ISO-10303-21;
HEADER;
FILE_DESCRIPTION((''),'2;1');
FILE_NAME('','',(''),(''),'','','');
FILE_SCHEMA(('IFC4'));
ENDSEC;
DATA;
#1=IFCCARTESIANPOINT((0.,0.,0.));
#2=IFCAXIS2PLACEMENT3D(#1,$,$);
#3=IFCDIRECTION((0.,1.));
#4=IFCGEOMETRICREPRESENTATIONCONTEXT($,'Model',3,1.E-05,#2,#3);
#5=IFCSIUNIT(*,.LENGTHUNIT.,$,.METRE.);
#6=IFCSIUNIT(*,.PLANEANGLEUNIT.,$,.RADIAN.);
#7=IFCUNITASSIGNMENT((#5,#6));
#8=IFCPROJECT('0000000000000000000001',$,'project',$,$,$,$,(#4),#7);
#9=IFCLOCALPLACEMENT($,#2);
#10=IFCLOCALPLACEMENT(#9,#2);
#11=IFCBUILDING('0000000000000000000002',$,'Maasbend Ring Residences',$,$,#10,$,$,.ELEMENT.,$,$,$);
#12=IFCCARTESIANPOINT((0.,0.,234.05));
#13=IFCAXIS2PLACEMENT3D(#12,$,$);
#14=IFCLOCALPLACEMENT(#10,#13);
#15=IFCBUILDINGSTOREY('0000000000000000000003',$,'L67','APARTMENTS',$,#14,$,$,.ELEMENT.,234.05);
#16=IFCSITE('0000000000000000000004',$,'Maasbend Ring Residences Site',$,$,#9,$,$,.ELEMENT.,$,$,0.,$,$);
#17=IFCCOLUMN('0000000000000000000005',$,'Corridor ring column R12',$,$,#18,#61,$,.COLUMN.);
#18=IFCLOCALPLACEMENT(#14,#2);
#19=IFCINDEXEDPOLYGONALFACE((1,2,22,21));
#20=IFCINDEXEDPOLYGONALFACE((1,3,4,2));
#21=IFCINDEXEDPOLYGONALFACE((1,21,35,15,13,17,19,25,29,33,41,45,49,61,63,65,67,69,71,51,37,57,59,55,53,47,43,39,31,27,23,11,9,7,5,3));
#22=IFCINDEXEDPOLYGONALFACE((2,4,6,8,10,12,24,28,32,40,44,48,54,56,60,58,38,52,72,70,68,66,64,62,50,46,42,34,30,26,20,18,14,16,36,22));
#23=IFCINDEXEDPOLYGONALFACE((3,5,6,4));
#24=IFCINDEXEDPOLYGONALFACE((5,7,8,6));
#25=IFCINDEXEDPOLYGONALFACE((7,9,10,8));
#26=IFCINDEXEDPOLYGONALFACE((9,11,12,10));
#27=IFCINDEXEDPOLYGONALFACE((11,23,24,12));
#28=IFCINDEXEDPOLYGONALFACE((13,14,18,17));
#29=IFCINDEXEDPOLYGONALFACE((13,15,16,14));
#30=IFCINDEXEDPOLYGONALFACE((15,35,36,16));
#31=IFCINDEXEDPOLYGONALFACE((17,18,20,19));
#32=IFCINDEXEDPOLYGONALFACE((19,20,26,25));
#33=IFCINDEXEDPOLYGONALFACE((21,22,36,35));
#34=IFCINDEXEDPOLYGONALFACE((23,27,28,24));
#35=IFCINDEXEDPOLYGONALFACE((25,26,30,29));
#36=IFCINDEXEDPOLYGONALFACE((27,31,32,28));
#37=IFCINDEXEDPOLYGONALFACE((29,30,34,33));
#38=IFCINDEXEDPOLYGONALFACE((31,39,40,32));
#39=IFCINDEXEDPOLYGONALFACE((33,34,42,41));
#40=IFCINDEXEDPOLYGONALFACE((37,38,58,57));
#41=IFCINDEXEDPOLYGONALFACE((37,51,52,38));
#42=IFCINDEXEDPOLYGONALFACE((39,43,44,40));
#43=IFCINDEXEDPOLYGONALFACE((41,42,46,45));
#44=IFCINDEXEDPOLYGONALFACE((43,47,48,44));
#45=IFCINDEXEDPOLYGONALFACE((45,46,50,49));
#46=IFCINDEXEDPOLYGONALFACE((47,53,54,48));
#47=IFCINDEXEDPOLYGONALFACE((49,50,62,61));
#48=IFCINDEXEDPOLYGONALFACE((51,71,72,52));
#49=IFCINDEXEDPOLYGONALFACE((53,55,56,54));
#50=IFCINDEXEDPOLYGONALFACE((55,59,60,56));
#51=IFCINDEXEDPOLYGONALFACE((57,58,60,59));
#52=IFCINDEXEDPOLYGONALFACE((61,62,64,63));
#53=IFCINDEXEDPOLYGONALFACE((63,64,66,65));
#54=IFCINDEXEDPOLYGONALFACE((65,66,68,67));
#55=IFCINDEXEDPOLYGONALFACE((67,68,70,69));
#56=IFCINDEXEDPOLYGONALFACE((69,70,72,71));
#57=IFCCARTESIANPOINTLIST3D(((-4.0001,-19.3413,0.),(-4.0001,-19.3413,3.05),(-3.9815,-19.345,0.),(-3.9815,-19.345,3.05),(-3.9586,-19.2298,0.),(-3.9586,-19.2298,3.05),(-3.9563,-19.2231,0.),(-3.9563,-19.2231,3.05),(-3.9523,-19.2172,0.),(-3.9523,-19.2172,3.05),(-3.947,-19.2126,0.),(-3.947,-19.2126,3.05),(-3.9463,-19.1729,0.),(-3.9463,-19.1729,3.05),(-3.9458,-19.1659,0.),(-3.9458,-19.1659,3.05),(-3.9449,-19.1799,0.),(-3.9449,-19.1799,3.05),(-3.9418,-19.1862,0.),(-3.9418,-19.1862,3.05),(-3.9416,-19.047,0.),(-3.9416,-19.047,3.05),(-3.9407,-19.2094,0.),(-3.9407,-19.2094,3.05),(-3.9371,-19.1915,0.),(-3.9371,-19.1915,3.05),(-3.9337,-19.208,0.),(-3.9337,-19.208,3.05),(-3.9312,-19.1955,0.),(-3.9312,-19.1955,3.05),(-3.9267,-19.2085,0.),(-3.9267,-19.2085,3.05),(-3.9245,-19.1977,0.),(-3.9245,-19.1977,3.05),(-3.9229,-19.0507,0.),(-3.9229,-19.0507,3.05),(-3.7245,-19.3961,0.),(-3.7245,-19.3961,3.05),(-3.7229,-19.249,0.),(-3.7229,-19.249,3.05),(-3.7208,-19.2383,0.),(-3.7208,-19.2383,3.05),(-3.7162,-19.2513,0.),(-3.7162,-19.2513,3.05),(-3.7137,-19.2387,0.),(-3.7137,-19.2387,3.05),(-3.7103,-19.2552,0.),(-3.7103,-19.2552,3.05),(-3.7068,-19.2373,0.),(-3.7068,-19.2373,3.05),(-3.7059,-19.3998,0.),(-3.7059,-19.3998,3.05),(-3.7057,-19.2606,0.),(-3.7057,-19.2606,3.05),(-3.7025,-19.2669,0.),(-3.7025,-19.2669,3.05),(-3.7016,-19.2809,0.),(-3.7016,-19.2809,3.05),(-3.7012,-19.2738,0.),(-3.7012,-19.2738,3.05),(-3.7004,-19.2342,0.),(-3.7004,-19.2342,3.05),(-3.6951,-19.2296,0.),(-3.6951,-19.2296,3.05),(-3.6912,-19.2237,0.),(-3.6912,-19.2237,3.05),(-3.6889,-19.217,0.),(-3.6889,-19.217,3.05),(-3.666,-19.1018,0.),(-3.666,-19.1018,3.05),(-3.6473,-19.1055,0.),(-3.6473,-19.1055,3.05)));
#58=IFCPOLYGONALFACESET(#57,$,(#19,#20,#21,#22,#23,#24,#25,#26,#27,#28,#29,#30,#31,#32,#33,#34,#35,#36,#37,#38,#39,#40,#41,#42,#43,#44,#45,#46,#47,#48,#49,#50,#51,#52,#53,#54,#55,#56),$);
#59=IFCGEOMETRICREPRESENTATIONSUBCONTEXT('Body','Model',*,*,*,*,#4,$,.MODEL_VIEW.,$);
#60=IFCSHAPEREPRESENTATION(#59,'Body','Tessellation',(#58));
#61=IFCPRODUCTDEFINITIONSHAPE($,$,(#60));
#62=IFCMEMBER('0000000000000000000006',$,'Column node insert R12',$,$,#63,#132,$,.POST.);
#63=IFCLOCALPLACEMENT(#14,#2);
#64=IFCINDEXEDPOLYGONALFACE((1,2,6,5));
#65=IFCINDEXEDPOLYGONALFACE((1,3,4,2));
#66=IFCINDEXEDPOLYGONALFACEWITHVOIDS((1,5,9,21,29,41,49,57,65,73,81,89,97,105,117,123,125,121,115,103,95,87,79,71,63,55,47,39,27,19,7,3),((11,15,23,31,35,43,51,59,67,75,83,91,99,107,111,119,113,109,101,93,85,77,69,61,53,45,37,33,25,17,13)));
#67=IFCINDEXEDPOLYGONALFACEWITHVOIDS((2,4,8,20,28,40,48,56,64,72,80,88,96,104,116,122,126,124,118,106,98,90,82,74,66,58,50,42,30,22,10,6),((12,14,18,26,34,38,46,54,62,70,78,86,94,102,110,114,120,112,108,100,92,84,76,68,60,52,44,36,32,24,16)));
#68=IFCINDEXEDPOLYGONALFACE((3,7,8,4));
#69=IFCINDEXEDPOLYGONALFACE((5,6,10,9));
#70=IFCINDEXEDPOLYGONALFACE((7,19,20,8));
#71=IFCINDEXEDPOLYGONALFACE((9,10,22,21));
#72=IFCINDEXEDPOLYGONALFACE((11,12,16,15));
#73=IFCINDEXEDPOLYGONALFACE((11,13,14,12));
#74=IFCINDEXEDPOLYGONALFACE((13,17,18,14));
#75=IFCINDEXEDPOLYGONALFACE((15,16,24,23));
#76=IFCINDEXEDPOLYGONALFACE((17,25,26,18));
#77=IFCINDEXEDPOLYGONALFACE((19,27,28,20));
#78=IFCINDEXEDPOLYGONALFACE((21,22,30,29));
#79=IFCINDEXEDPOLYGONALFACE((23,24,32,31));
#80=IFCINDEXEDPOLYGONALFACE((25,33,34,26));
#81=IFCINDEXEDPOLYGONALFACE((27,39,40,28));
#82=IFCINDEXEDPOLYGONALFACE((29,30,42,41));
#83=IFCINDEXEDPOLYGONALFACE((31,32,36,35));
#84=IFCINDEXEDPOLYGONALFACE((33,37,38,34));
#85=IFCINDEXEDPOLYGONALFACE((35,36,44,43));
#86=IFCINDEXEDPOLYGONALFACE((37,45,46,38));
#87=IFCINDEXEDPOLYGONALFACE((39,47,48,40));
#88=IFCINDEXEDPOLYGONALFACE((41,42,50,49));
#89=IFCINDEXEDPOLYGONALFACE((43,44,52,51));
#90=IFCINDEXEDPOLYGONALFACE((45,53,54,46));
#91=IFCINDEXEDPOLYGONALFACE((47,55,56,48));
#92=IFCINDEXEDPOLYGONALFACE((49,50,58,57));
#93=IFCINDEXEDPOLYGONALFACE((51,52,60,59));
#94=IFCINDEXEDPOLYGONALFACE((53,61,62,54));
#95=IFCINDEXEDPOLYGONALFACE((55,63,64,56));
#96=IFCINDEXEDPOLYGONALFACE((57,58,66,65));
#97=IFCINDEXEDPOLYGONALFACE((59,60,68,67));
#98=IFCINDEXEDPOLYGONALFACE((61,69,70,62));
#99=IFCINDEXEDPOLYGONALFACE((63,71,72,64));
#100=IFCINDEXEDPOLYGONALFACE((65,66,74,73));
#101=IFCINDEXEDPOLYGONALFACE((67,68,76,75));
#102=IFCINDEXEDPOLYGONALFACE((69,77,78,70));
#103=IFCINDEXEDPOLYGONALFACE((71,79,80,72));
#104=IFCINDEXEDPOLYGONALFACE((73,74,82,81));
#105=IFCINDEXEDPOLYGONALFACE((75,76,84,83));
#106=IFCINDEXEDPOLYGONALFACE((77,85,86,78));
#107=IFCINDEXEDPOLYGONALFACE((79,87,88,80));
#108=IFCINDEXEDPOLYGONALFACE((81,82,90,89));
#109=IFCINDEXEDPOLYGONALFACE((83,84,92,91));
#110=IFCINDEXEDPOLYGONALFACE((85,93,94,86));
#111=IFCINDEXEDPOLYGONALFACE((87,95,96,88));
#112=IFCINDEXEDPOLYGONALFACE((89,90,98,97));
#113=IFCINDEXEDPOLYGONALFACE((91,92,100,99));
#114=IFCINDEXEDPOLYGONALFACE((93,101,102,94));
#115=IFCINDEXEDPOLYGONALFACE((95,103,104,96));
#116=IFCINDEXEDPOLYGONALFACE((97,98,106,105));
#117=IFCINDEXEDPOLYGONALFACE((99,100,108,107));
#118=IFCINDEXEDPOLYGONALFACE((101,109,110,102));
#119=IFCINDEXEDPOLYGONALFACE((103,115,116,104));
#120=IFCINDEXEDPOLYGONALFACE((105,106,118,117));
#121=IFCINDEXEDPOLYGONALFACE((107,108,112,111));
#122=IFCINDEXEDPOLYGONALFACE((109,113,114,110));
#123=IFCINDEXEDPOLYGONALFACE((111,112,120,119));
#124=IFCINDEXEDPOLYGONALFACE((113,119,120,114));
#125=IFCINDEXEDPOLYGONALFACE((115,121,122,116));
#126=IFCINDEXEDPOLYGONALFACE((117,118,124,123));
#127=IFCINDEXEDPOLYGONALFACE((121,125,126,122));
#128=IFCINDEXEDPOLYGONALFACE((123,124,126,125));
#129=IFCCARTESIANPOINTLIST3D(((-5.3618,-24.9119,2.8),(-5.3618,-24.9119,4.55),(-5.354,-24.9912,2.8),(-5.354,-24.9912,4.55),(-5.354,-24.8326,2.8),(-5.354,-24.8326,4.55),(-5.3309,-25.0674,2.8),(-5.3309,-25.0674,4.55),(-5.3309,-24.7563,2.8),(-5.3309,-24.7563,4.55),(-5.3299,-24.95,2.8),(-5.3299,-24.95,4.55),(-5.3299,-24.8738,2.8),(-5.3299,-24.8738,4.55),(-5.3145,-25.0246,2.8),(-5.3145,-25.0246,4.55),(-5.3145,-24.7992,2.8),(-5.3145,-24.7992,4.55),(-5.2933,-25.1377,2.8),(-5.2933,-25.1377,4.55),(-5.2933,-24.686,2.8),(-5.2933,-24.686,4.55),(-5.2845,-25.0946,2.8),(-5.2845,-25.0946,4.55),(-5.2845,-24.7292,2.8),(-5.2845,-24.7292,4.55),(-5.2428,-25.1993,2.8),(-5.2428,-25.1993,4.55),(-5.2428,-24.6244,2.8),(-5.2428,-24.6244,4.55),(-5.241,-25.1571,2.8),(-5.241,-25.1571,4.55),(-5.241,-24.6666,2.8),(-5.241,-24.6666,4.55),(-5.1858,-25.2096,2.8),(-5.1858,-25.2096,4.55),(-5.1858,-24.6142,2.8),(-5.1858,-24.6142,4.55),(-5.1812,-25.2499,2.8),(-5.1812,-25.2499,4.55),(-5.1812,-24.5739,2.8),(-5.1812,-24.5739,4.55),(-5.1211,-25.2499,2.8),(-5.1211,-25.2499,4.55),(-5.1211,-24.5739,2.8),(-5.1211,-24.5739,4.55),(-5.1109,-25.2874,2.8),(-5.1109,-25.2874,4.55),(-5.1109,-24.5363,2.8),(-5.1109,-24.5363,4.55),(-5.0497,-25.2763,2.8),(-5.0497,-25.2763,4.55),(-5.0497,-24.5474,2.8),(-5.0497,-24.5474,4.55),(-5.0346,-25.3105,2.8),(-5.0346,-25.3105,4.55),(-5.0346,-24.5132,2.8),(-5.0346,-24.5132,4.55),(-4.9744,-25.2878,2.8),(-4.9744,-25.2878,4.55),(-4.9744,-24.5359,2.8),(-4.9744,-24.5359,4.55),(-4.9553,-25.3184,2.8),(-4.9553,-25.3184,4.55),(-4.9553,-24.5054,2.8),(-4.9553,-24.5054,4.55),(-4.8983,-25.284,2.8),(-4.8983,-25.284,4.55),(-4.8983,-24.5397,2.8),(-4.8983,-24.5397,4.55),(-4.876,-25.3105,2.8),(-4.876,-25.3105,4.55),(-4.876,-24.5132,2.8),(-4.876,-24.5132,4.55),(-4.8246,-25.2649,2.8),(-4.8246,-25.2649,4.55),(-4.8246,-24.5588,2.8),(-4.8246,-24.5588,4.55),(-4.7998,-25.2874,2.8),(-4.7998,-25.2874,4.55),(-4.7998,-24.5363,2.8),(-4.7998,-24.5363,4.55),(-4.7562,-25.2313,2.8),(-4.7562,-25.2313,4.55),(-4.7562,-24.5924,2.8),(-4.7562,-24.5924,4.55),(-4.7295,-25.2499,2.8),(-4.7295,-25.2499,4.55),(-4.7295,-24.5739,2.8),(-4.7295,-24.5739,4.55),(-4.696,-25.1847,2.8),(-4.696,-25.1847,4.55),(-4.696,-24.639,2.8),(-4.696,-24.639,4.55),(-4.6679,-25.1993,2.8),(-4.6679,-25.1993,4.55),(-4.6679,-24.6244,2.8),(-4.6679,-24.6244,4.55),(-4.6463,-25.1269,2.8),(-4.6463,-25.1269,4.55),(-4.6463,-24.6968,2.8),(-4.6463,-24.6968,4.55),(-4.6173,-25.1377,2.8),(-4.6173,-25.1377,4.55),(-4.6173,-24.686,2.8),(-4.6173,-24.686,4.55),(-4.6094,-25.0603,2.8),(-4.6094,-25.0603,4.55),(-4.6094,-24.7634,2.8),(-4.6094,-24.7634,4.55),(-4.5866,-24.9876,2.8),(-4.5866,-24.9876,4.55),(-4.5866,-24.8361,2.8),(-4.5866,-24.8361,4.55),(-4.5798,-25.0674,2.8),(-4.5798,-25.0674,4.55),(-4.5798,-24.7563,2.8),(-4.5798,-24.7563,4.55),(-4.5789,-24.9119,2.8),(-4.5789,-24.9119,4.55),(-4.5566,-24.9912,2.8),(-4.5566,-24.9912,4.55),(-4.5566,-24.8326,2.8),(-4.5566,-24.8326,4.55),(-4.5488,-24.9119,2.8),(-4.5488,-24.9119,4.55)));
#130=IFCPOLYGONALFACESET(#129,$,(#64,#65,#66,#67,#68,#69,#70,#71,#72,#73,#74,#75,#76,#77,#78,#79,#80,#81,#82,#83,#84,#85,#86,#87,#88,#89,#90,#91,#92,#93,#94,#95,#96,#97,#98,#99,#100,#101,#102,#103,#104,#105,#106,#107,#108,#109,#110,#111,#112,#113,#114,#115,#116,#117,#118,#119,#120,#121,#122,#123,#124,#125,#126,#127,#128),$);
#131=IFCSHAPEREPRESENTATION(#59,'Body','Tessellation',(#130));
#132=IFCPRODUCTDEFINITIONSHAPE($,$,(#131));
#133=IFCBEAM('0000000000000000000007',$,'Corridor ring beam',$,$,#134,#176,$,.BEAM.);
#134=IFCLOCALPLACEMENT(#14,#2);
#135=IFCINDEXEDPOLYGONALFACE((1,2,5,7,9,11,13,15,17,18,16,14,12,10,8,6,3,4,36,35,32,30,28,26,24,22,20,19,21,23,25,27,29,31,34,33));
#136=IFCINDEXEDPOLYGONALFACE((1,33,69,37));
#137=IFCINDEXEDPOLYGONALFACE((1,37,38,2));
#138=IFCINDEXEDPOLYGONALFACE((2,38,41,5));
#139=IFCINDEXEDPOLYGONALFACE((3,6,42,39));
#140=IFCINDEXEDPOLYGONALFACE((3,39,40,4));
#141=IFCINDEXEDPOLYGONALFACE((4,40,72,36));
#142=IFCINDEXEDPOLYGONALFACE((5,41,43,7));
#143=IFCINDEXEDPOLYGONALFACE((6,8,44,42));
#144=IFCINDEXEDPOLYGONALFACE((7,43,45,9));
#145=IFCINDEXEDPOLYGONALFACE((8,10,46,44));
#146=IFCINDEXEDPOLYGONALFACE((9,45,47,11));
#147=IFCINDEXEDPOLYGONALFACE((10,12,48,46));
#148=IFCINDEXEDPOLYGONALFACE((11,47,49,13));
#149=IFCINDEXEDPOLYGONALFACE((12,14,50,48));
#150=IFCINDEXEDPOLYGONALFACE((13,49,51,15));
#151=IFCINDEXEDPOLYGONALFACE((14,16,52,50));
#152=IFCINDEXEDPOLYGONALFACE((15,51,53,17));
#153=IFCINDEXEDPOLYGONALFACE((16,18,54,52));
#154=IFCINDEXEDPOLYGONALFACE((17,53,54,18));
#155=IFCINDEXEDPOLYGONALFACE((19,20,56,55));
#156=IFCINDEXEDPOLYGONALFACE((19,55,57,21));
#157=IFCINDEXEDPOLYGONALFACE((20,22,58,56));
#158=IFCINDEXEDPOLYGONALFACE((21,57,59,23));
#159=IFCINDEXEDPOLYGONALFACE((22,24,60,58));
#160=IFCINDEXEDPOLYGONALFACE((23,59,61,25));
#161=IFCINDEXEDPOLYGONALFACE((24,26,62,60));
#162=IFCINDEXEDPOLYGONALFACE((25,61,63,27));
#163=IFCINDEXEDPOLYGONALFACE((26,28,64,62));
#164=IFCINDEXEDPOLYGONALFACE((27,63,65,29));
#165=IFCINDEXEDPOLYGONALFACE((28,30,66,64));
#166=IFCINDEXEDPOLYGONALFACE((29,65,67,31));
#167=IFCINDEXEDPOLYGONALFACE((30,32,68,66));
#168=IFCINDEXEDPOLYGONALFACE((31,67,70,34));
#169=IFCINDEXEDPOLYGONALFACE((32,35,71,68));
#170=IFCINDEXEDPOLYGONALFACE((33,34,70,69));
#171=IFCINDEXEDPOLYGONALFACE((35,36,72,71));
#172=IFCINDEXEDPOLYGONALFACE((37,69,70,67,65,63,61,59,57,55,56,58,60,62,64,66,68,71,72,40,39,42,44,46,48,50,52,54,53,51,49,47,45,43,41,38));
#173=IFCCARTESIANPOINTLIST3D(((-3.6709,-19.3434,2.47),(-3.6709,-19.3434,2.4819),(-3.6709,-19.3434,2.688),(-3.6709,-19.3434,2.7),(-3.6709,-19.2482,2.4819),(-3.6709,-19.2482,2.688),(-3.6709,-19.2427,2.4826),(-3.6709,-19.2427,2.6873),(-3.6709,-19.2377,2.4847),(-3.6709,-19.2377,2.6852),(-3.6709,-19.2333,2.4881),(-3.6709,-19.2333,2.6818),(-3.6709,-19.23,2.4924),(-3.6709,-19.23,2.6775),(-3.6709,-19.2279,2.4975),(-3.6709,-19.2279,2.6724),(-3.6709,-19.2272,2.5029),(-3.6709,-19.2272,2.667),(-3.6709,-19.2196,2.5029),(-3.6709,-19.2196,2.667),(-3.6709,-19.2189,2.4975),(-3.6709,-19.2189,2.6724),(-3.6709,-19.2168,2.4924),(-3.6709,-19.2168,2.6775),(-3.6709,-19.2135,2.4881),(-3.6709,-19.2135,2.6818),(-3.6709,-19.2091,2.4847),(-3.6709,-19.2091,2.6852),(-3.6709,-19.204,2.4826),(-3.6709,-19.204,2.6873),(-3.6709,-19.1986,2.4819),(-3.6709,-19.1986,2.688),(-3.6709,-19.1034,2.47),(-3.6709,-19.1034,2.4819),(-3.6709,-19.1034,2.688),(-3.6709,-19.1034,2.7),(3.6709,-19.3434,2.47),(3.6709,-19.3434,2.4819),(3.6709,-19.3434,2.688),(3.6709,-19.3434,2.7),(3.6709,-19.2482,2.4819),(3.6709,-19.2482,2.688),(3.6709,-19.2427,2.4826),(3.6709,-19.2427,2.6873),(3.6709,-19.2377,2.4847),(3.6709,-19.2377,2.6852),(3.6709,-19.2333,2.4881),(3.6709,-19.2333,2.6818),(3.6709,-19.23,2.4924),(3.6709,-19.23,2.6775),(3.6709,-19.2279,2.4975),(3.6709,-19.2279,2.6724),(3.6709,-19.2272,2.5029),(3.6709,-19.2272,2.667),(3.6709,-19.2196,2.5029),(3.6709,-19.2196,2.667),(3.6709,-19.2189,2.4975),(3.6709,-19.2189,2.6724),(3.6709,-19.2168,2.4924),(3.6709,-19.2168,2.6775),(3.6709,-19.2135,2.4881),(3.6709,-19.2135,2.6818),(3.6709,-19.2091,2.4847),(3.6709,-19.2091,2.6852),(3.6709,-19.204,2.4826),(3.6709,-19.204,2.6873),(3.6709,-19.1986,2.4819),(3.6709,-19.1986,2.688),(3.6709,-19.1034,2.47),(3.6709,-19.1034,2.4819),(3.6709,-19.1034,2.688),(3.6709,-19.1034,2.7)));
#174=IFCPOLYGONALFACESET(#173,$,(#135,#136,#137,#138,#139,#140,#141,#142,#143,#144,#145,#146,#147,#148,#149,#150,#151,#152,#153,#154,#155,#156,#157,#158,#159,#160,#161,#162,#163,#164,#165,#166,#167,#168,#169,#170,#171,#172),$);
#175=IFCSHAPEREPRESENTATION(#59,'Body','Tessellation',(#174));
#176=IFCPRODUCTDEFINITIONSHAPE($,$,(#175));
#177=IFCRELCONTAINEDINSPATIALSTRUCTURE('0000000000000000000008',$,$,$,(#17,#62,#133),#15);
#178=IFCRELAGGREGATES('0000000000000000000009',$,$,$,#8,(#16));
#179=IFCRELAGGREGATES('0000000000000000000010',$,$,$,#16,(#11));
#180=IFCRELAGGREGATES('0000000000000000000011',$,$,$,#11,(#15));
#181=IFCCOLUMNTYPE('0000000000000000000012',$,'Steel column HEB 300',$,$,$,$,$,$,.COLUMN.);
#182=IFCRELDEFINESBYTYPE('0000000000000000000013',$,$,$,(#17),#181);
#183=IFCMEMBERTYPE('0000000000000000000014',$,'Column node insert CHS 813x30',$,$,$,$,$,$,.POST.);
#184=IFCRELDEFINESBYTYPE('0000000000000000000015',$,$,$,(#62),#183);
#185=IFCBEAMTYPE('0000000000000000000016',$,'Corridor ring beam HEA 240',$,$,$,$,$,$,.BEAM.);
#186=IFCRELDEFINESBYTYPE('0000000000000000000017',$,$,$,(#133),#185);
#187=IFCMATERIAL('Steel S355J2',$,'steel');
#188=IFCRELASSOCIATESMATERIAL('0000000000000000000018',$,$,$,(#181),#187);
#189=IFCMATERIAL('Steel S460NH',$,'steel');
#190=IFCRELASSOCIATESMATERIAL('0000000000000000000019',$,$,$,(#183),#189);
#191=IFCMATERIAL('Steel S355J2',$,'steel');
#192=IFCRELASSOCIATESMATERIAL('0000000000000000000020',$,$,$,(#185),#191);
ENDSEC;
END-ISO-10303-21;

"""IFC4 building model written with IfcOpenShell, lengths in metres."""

from ifc_helpers import new_model, si_unit, direction, frame, origin, origin_2d, place, context, subcontext, project, spatial, hollow_circle, i_section, extrude, material, material_profile, profile_set, type_object, element, save


model = new_model("IFC4")

# Units and contexts
model_context = context("Model", 3, precision=1e-05, world=origin(), true_north=direction((0.0, 1.0)))
body_context = subcontext(model_context, "Body", "Model", "MODEL_VIEW")
ifc_project = project(units=[si_unit("LENGTHUNIT", "METRE"), si_unit("PLANEANGLEUNIT", "RADIAN")], contexts=[model_context])

# Site, building, storey
site_placement = place(None, origin())
site = spatial("IfcSite", under=ifc_project, at=site_placement, Name="Maasbend Ring Residences Site", CompositionType="ELEMENT", RefElevation=0.0)
building_placement = place(site_placement, origin())
building = spatial("IfcBuilding", under=site, at=building_placement, Name="Maasbend Ring Residences", CompositionType="ELEMENT")
storey_placement = place(building_placement, frame((0.0, 0.0, 234.05)))
storey = spatial("IfcBuildingStorey", under=building, at=storey_placement, Name="L67", Description="APARTMENTS", CompositionType="ELEMENT", Elevation=234.05)

# Column
ifc_material_1 = material(Name="Steel S355J2", Category="steel")
ifc_material_profile_1 = material_profile(ifc_material_1, i_section(OverallWidth=0.3, OverallDepth=0.3, WebThickness=0.011, FlangeThickness=0.019, FilletRadius=0.0271, at=origin_2d()), Name="HEB 300")
ifc_profile_set_1 = profile_set([ifc_material_profile_1], Name="Steel S355J2")
column_type = type_object("IfcColumnType", Name="Steel column HEB 300", PredefinedType="COLUMN", material=ifc_profile_set_1)
column_placement = place(storey_placement, frame((-3.8237, -19.2234, 0.0), z_axis=(0.0, 0.0, 1.0), x_axis=(-0.19509, -0.980785, 0.0)))
element("IfcColumn", 1, at=column_placement, inside=storey, type_object=column_type, Name="Corridor ring column R12", PredefinedType="COLUMN", context=body_context, shape_type="SweptSolid", body=[
    extrude(i_section(OverallWidth=0.3, OverallDepth=0.3, WebThickness=0.011, FlangeThickness=0.019, FilletRadius=0.0271, at=origin_2d()), origin(), (0.0, 0.0, 1.0), 3.05),
])

# Member
ifc_material_2 = material(Name="Steel S460NH", Category="steel")
ifc_material_profile_2 = material_profile(ifc_material_2, hollow_circle(Radius=0.4065, WallThickness=0.03, at=origin_2d()), Name="Column node insert CHS 813x30")
ifc_profile_set_2 = profile_set([ifc_material_profile_2], Name="Steel S460NH")
member_type = type_object("IfcMemberType", Name="Column node insert CHS 813x30", PredefinedType="POST", material=ifc_profile_set_2)
member_placement = place(storey_placement, frame((-4.9553, -24.9119, 2.8), z_axis=(0.0, 0.0, 1.0), x_axis=(1.0, 0.0, 0.0)))
element("IfcMember", 2, at=member_placement, inside=storey, type_object=member_type, Name="Column node insert R12", PredefinedType="POST", context=body_context, shape_type="SweptSolid", body=[
    extrude(hollow_circle(Radius=0.4065, WallThickness=0.03, at=origin_2d()), origin(), (0.0, 0.0, 1.0), 1.75),
])

# Beam
ifc_material_3 = material(Name="Steel S355J2", Category="steel")
ifc_material_profile_3 = material_profile(ifc_material_3, i_section(OverallWidth=0.24, OverallDepth=0.23, WebThickness=0.0076, FlangeThickness=0.012, FilletRadius=0.021, at=origin_2d()), Name="HEA 240")
ifc_profile_set_3 = profile_set([ifc_material_profile_3], Name="Steel S355J2")
beam_type = type_object("IfcBeamType", Name="Corridor ring beam HEA 240", PredefinedType="BEAM", material=ifc_profile_set_3)
beam_placement = place(storey_placement, frame((-3.6709, -19.2234, 2.585), z_axis=(1.0, 0.0, 0.0), x_axis=(0.0, 1.0, 0.0)))
element("IfcBeam", 3, at=beam_placement, inside=storey, type_object=beam_type, Name="Corridor ring beam", PredefinedType="BEAM", context=body_context, shape_type="SweptSolid", body=[
    extrude(i_section(OverallWidth=0.24, OverallDepth=0.23, WebThickness=0.0076, FlangeThickness=0.012, FilletRadius=0.021, at=origin_2d()), origin(), (0.0, 0.0, 1.0), 7.3418),
])

save(model, "model.ifc")
